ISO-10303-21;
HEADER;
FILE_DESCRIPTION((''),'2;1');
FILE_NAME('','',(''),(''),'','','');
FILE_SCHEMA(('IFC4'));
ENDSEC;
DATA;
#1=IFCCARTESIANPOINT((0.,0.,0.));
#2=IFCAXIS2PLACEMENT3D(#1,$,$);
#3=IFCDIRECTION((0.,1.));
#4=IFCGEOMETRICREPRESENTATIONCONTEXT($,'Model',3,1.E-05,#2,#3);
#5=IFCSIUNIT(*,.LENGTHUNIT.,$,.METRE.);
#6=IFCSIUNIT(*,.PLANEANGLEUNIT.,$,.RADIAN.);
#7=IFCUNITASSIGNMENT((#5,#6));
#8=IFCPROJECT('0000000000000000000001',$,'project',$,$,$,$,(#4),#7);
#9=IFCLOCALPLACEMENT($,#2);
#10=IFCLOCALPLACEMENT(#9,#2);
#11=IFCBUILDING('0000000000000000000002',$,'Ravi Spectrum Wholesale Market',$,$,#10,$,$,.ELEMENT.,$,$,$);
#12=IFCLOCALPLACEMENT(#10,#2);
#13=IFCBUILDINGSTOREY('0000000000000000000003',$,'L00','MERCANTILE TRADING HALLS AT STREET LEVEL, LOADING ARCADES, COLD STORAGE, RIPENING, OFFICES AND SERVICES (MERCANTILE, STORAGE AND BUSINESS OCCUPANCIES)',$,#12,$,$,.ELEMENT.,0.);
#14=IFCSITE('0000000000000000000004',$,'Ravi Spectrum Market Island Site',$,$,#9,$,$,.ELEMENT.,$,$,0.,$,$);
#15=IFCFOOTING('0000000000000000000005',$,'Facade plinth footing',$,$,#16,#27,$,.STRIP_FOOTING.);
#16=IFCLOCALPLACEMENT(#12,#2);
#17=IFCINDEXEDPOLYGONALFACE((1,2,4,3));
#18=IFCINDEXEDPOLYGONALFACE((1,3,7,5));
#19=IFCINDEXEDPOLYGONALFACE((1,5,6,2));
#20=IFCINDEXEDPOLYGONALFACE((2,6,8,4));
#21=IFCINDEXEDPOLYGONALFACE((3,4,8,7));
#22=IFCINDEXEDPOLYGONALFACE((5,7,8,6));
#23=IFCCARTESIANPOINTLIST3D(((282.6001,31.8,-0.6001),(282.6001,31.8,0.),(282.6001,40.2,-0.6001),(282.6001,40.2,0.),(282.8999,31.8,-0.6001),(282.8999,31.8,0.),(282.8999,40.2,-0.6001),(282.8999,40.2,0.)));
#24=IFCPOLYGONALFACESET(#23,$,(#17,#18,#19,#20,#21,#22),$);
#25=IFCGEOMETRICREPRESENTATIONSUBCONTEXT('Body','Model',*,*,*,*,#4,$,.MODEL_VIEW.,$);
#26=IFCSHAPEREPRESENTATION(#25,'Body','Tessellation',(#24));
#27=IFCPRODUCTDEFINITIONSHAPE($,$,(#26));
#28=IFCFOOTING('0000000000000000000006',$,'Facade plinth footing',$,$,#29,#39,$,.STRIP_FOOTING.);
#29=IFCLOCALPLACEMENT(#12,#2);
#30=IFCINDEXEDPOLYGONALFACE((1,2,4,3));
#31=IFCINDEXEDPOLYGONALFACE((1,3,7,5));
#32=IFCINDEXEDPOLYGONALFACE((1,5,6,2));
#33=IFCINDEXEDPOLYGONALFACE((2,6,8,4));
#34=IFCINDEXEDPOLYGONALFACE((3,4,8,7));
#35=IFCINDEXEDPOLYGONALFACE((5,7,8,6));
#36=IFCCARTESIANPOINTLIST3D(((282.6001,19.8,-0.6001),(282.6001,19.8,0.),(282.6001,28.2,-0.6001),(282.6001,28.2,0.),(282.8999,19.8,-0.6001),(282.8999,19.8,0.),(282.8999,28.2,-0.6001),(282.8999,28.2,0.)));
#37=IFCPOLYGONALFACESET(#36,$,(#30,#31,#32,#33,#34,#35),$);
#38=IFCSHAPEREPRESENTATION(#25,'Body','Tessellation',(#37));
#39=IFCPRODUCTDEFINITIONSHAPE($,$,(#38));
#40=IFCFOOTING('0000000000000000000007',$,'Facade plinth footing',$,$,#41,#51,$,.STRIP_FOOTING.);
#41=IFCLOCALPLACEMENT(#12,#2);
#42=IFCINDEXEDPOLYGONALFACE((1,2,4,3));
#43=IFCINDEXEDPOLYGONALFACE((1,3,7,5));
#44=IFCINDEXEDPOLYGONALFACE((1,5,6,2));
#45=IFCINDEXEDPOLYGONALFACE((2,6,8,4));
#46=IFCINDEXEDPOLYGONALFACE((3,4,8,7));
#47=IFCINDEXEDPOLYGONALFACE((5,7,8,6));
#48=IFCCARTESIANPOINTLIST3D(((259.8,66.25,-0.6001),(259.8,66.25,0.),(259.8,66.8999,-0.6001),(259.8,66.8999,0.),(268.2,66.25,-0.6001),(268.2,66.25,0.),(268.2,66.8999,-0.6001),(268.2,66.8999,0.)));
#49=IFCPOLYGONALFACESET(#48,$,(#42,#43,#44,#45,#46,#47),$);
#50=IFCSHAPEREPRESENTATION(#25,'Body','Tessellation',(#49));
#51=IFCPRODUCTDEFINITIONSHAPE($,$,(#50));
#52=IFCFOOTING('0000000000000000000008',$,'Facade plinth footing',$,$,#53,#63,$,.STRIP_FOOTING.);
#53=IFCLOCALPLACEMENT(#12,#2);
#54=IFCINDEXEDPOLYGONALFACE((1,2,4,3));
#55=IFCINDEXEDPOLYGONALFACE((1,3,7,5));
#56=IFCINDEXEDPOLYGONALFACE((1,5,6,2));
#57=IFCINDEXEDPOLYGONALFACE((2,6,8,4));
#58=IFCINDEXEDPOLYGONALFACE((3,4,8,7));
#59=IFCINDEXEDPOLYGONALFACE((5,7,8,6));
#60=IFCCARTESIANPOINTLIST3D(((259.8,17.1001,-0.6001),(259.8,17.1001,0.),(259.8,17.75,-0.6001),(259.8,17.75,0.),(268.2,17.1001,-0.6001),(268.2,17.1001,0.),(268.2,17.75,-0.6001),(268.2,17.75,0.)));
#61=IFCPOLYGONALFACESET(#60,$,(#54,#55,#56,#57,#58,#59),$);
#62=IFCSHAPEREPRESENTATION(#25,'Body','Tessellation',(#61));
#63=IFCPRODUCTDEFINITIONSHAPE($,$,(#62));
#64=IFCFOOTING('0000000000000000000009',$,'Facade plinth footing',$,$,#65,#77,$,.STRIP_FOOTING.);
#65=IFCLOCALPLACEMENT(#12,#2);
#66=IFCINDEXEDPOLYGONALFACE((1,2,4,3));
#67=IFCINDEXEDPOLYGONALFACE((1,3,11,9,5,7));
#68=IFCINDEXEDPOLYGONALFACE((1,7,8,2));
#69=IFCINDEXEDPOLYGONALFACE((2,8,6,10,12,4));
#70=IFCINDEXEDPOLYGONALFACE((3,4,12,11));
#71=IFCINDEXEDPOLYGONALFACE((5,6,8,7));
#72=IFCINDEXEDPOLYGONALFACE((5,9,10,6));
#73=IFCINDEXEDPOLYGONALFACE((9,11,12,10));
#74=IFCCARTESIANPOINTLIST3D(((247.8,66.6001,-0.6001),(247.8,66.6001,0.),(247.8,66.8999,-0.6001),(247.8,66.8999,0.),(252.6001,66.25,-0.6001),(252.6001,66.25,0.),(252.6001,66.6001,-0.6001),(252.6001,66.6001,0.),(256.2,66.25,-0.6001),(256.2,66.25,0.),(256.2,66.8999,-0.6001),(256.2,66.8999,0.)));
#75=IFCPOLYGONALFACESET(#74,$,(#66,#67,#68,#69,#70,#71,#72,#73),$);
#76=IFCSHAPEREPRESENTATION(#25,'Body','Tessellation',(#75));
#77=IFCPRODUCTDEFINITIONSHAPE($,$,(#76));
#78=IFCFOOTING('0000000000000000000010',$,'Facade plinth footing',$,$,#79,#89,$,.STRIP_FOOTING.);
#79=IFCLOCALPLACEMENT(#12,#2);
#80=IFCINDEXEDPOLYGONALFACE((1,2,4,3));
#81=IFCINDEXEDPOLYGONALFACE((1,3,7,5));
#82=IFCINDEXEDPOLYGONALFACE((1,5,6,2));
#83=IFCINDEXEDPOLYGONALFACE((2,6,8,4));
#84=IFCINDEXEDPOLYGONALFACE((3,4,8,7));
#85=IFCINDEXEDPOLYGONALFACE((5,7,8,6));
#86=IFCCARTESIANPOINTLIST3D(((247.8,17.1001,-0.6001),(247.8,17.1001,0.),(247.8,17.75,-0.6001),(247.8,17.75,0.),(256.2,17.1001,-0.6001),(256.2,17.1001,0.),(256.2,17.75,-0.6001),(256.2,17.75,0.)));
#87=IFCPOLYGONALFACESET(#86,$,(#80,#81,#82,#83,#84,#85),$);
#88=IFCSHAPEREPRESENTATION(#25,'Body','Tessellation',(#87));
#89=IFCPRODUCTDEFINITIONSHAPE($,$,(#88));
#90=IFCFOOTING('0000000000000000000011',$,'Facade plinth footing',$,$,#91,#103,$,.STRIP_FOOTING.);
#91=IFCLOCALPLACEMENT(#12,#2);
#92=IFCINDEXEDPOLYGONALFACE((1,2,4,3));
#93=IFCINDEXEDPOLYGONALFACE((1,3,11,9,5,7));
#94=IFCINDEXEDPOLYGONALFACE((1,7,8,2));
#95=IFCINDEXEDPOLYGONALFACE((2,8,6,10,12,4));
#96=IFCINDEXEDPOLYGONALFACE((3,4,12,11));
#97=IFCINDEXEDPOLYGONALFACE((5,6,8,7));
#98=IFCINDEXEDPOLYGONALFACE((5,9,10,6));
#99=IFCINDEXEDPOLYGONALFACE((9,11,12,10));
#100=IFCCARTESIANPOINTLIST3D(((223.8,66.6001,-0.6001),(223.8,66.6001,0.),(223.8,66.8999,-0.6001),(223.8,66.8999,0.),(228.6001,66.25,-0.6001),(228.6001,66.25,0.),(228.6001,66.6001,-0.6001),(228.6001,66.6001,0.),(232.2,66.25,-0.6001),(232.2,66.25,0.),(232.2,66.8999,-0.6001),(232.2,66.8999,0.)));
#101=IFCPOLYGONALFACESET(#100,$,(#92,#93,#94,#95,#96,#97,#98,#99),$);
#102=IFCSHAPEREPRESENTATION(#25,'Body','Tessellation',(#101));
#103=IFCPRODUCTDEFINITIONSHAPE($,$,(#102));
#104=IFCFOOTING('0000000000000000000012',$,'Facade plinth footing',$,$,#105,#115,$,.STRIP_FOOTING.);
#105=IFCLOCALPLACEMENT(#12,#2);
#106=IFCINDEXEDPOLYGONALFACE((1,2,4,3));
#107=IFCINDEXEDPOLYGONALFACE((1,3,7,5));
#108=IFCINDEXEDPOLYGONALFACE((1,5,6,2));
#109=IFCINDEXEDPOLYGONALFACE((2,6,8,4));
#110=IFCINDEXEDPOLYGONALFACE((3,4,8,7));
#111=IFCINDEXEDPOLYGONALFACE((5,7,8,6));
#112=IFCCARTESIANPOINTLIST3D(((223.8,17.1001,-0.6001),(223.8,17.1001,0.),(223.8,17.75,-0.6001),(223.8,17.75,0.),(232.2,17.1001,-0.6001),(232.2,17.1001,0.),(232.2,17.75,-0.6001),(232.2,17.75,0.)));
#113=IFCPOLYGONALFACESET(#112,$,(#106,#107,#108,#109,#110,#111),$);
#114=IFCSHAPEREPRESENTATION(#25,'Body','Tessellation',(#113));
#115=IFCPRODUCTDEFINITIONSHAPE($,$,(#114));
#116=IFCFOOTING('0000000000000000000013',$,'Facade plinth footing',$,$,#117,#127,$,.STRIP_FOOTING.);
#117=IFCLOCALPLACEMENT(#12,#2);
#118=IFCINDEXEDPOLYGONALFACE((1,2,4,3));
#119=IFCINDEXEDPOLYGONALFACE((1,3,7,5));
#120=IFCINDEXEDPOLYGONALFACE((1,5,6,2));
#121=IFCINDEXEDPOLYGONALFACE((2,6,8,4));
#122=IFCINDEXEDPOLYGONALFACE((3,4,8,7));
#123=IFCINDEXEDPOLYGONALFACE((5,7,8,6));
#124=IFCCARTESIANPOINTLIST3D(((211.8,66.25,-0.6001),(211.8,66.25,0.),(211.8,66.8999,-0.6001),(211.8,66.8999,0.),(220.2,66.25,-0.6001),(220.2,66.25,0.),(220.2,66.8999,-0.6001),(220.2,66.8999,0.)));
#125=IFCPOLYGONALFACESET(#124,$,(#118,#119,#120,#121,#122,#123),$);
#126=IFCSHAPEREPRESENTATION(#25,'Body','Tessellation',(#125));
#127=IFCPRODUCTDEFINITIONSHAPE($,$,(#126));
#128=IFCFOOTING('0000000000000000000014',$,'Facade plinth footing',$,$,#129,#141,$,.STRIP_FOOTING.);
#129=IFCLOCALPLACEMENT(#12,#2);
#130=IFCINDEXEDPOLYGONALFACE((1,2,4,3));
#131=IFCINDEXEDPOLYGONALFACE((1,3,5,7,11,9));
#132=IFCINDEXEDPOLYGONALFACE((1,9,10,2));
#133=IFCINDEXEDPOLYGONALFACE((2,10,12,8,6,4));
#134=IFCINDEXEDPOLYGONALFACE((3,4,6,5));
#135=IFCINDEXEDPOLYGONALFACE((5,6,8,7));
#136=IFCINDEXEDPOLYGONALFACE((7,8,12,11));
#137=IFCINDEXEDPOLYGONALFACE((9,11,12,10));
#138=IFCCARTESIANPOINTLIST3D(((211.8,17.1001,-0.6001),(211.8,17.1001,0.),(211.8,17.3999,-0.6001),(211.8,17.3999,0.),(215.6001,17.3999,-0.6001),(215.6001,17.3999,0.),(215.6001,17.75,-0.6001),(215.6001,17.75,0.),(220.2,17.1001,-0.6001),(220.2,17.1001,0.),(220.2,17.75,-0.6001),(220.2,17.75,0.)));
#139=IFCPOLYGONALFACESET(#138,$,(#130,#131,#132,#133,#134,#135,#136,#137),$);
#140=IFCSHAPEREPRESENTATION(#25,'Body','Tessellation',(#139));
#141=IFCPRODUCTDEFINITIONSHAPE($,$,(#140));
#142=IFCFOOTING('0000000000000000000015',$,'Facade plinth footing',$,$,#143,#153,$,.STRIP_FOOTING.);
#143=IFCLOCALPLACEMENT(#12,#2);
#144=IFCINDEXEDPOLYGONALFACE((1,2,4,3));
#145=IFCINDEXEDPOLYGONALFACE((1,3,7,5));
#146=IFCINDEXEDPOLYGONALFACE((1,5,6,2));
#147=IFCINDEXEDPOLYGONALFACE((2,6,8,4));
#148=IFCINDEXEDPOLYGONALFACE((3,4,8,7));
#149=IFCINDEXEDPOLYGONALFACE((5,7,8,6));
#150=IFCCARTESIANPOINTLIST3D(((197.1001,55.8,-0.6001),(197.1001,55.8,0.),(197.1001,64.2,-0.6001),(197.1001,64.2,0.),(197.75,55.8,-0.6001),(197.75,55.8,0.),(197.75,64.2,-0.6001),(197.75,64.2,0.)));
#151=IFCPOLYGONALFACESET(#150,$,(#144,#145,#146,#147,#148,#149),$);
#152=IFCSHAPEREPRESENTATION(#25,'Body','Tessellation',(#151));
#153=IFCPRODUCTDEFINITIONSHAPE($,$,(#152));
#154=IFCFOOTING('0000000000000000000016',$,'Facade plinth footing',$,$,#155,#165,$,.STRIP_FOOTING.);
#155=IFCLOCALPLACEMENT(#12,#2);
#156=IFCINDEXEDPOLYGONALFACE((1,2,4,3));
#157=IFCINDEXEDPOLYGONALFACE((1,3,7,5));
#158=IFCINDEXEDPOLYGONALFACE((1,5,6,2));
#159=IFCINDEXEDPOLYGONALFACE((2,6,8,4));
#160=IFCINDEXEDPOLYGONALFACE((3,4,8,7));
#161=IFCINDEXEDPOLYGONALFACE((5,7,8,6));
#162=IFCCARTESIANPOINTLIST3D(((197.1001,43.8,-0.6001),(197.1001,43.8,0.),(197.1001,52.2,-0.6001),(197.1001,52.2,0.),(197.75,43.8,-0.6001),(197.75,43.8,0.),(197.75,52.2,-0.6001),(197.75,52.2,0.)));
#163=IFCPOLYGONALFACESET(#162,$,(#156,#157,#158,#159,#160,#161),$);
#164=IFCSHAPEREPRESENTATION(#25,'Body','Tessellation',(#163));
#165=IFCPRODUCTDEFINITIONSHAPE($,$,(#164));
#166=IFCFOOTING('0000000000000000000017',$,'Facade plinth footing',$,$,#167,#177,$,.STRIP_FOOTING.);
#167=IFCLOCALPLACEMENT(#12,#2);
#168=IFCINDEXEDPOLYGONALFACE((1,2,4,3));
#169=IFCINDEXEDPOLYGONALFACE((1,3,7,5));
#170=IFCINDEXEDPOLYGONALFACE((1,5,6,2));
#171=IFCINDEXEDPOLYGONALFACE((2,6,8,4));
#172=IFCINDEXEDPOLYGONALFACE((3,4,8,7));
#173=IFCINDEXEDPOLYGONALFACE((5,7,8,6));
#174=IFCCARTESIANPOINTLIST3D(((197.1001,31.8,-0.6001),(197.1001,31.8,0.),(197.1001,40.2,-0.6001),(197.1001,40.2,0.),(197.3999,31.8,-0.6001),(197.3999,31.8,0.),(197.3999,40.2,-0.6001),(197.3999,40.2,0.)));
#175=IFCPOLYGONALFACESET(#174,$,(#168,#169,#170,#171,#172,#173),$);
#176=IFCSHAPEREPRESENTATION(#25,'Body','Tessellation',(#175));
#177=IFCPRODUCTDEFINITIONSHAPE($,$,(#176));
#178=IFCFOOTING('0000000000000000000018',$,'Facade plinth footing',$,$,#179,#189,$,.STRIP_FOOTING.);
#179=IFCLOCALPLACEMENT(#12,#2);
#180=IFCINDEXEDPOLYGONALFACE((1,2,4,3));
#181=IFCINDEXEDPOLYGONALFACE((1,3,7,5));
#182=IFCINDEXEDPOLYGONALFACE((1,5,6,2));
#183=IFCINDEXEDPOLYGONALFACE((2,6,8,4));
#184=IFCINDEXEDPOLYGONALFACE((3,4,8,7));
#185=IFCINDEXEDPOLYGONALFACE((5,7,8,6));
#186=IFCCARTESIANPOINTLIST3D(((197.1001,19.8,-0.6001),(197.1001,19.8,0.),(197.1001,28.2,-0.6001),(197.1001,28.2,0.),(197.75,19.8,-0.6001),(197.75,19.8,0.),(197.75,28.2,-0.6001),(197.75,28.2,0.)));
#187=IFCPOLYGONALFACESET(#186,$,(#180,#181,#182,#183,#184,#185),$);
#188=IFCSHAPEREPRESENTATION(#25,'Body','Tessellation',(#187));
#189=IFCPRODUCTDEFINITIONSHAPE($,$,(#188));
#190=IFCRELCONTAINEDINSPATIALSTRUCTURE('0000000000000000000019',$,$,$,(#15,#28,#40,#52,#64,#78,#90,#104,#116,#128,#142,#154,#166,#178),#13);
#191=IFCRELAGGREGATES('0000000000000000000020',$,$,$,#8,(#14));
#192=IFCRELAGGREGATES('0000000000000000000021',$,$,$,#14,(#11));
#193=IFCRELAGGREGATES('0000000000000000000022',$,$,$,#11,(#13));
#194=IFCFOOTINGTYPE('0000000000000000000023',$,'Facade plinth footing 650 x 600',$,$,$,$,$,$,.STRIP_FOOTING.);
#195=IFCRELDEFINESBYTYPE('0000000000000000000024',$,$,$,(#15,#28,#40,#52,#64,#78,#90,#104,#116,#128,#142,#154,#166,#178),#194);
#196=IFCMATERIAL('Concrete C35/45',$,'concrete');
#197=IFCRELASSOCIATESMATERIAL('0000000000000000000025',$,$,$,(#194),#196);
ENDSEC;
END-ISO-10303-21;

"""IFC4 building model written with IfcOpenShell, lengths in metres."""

from ifc_helpers import new_model, si_unit, direction, frame, origin, place, context, subcontext, project, spatial, polyline, outline, extrude, material, type_object, element, save


model = new_model("IFC4")

# Units and contexts
model_context = context("Model", 3, precision=1e-05, world=origin(), true_north=direction((0.0, 1.0)))
body_context = subcontext(model_context, "Body", "Model", "MODEL_VIEW")
ifc_project = project(units=[si_unit("LENGTHUNIT", "METRE"), si_unit("PLANEANGLEUNIT", "RADIAN")], contexts=[model_context])

# Site, building, storey
site_placement = place(None, origin())
site = spatial("IfcSite", under=ifc_project, at=site_placement, Name="Ravi Spectrum Market Island Site", CompositionType="ELEMENT", RefElevation=0.0)
building_placement = place(site_placement, origin())
building = spatial("IfcBuilding", under=site, at=building_placement, Name="Ravi Spectrum Wholesale Market", CompositionType="ELEMENT")
storey_placement = place(building_placement, origin())
storey = spatial("IfcBuildingStorey", under=building, at=storey_placement, Name="L00", Description="MERCANTILE TRADING HALLS AT STREET LEVEL, LOADING ARCADES, COLD STORAGE, RIPENING, OFFICES AND SERVICES (MERCANTILE, STORAGE AND BUSINESS OCCUPANCIES)", CompositionType="ELEMENT", Elevation=0.0)

# Footings
ifc_material_1 = material(Name="Concrete C35/45", Category="concrete")
footing_type_1 = type_object("IfcFootingType", Name="Facade plinth footing 650 x 600", PredefinedType="STRIP_FOOTING", material=ifc_material_1)
footing_1_placement = place(storey_placement, frame((0.0, 0.0, -0.6001)))
element("IfcFooting", 1, at=footing_1_placement, inside=storey, type_object=footing_type_1, Name="Facade plinth footing", PredefinedType="STRIP_FOOTING", context=body_context, shape_type="SweptSolid", body=[
    extrude(outline(polyline([(282.8999, 31.8), (282.6001, 31.8), (282.6001, 40.2), (282.8999, 40.2), (282.8999, 31.8)])), origin(), (0.0, 0.0, 1.0), 0.6001),
])
footing_2_placement = place(storey_placement, frame((0.0, 0.0, -0.6001)))
element("IfcFooting", 2, at=footing_2_placement, inside=storey, type_object=footing_type_1, Name="Facade plinth footing", PredefinedType="STRIP_FOOTING", context=body_context, shape_type="SweptSolid", body=[
    extrude(outline(polyline([(282.6001, 19.8), (282.6001, 28.2), (282.8999, 28.2), (282.8999, 19.8), (282.6001, 19.8)])), origin(), (0.0, 0.0, 1.0), 0.6001),
])
footing_3_placement = place(storey_placement, frame((0.0, 0.0, -0.6001)))
element("IfcFooting", 3, at=footing_3_placement, inside=storey, type_object=footing_type_1, Name="Facade plinth footing", PredefinedType="STRIP_FOOTING", context=body_context, shape_type="SweptSolid", body=[
    extrude(outline(polyline([(268.2, 66.8999), (268.2, 66.25), (259.8, 66.25), (259.8, 66.8999), (268.2, 66.8999)])), origin(), (0.0, 0.0, 1.0), 0.6001),
])
footing_4_placement = place(storey_placement, frame((0.0, 0.0, -0.6001)))
element("IfcFooting", 4, at=footing_4_placement, inside=storey, type_object=footing_type_1, Name="Facade plinth footing", PredefinedType="STRIP_FOOTING", context=body_context, shape_type="SweptSolid", body=[
    extrude(outline(polyline([(268.2, 17.75), (268.2, 17.1001), (259.8, 17.1001), (259.8, 17.75), (268.2, 17.75)])), origin(), (0.0, 0.0, 1.0), 0.6001),
])
footing_5_placement = place(storey_placement, frame((0.0, 0.0, -0.6001)))
element("IfcFooting", 5, at=footing_5_placement, inside=storey, type_object=footing_type_1, Name="Facade plinth footing", PredefinedType="STRIP_FOOTING", context=body_context, shape_type="SweptSolid", body=[
    extrude(outline(polyline([(252.6001, 66.6001), (247.8, 66.6001), (247.8, 66.8999), (256.2, 66.8999), (256.2, 66.25), (252.6001, 66.25), (252.6001, 66.6001)])), origin(), (0.0, 0.0, 1.0), 0.6001),
])
footing_6_placement = place(storey_placement, frame((0.0, 0.0, -0.6001)))
element("IfcFooting", 6, at=footing_6_placement, inside=storey, type_object=footing_type_1, Name="Facade plinth footing", PredefinedType="STRIP_FOOTING", context=body_context, shape_type="SweptSolid", body=[
    extrude(outline(polyline([(256.2, 17.1001), (247.8, 17.1001), (247.8, 17.75), (256.2, 17.75), (256.2, 17.1001)])), origin(), (0.0, 0.0, 1.0), 0.6001),
])
footing_7_placement = place(storey_placement, frame((0.0, 0.0, -0.6001)))
element("IfcFooting", 7, at=footing_7_placement, inside=storey, type_object=footing_type_1, Name="Facade plinth footing", PredefinedType="STRIP_FOOTING", context=body_context, shape_type="SweptSolid", body=[
    extrude(outline(polyline([(223.8, 66.8999), (232.2, 66.8999), (232.2, 66.25), (228.6001, 66.25), (228.6001, 66.6001), (223.8, 66.6001), (223.8, 66.8999)])), origin(), (0.0, 0.0, 1.0), 0.6001),
])
footing_8_placement = place(storey_placement, frame((0.0, 0.0, -0.6001)))
element("IfcFooting", 8, at=footing_8_placement, inside=storey, type_object=footing_type_1, Name="Facade plinth footing", PredefinedType="STRIP_FOOTING", context=body_context, shape_type="SweptSolid", body=[
    extrude(outline(polyline([(223.8, 17.75), (232.2, 17.75), (232.2, 17.1001), (223.8, 17.1001), (223.8, 17.75)])), origin(), (0.0, 0.0, 1.0), 0.6001),
])
footing_9_placement = place(storey_placement, frame((0.0, 0.0, -0.6001)))
element("IfcFooting", 9, at=footing_9_placement, inside=storey, type_object=footing_type_1, Name="Facade plinth footing", PredefinedType="STRIP_FOOTING", context=body_context, shape_type="SweptSolid", body=[
    extrude(outline(polyline([(220.2, 66.8999), (220.2, 66.25), (211.8, 66.25), (211.8, 66.8999), (220.2, 66.8999)])), origin(), (0.0, 0.0, 1.0), 0.6001),
])
footing_10_placement = place(storey_placement, frame((0.0, 0.0, -0.6001)))
element("IfcFooting", 10, at=footing_10_placement, inside=storey, type_object=footing_type_1, Name="Facade plinth footing", PredefinedType="STRIP_FOOTING", context=body_context, shape_type="SweptSolid", body=[
    extrude(outline(polyline([(211.8, 17.1001), (211.8, 17.3999), (215.6001, 17.3999), (215.6001, 17.75), (220.2, 17.75), (220.2, 17.1001), (211.8, 17.1001)])), origin(), (0.0, 0.0, 1.0), 0.6001),
])
footing_11_placement = place(storey_placement, frame((0.0, 0.0, -0.6001)))
element("IfcFooting", 11, at=footing_11_placement, inside=storey, type_object=footing_type_1, Name="Facade plinth footing", PredefinedType="STRIP_FOOTING", context=body_context, shape_type="SweptSolid", body=[
    extrude(outline(polyline([(197.75, 55.8), (197.1001, 55.8), (197.1001, 64.2), (197.75, 64.2), (197.75, 55.8)])), origin(), (0.0, 0.0, 1.0), 0.6001),
])
footing_12_placement = place(storey_placement, frame((0.0, 0.0, -0.6001)))
element("IfcFooting", 12, at=footing_12_placement, inside=storey, type_object=footing_type_1, Name="Facade plinth footing", PredefinedType="STRIP_FOOTING", context=body_context, shape_type="SweptSolid", body=[
    extrude(outline(polyline([(197.1001, 43.8), (197.1001, 52.2), (197.75, 52.2), (197.75, 43.8), (197.1001, 43.8)])), origin(), (0.0, 0.0, 1.0), 0.6001),
])
footing_13_placement = place(storey_placement, frame((0.0, 0.0, -0.6001)))
element("IfcFooting", 13, at=footing_13_placement, inside=storey, type_object=footing_type_1, Name="Facade plinth footing", PredefinedType="STRIP_FOOTING", context=body_context, shape_type="SweptSolid", body=[
    extrude(outline(polyline([(197.3999, 40.2), (197.3999, 31.8), (197.1001, 31.8), (197.1001, 40.2), (197.3999, 40.2)])), origin(), (0.0, 0.0, 1.0), 0.6001),
])
footing_14_placement = place(storey_placement, frame((0.0, 0.0, -0.6001)))
element("IfcFooting", 14, at=footing_14_placement, inside=storey, type_object=footing_type_1, Name="Facade plinth footing", PredefinedType="STRIP_FOOTING", context=body_context, shape_type="SweptSolid", body=[
    extrude(outline(polyline([(197.75, 28.2), (197.75, 19.8), (197.1001, 19.8), (197.1001, 28.2), (197.75, 28.2)])), origin(), (0.0, 0.0, 1.0), 0.6001),
])

save(model, "model.ifc")
